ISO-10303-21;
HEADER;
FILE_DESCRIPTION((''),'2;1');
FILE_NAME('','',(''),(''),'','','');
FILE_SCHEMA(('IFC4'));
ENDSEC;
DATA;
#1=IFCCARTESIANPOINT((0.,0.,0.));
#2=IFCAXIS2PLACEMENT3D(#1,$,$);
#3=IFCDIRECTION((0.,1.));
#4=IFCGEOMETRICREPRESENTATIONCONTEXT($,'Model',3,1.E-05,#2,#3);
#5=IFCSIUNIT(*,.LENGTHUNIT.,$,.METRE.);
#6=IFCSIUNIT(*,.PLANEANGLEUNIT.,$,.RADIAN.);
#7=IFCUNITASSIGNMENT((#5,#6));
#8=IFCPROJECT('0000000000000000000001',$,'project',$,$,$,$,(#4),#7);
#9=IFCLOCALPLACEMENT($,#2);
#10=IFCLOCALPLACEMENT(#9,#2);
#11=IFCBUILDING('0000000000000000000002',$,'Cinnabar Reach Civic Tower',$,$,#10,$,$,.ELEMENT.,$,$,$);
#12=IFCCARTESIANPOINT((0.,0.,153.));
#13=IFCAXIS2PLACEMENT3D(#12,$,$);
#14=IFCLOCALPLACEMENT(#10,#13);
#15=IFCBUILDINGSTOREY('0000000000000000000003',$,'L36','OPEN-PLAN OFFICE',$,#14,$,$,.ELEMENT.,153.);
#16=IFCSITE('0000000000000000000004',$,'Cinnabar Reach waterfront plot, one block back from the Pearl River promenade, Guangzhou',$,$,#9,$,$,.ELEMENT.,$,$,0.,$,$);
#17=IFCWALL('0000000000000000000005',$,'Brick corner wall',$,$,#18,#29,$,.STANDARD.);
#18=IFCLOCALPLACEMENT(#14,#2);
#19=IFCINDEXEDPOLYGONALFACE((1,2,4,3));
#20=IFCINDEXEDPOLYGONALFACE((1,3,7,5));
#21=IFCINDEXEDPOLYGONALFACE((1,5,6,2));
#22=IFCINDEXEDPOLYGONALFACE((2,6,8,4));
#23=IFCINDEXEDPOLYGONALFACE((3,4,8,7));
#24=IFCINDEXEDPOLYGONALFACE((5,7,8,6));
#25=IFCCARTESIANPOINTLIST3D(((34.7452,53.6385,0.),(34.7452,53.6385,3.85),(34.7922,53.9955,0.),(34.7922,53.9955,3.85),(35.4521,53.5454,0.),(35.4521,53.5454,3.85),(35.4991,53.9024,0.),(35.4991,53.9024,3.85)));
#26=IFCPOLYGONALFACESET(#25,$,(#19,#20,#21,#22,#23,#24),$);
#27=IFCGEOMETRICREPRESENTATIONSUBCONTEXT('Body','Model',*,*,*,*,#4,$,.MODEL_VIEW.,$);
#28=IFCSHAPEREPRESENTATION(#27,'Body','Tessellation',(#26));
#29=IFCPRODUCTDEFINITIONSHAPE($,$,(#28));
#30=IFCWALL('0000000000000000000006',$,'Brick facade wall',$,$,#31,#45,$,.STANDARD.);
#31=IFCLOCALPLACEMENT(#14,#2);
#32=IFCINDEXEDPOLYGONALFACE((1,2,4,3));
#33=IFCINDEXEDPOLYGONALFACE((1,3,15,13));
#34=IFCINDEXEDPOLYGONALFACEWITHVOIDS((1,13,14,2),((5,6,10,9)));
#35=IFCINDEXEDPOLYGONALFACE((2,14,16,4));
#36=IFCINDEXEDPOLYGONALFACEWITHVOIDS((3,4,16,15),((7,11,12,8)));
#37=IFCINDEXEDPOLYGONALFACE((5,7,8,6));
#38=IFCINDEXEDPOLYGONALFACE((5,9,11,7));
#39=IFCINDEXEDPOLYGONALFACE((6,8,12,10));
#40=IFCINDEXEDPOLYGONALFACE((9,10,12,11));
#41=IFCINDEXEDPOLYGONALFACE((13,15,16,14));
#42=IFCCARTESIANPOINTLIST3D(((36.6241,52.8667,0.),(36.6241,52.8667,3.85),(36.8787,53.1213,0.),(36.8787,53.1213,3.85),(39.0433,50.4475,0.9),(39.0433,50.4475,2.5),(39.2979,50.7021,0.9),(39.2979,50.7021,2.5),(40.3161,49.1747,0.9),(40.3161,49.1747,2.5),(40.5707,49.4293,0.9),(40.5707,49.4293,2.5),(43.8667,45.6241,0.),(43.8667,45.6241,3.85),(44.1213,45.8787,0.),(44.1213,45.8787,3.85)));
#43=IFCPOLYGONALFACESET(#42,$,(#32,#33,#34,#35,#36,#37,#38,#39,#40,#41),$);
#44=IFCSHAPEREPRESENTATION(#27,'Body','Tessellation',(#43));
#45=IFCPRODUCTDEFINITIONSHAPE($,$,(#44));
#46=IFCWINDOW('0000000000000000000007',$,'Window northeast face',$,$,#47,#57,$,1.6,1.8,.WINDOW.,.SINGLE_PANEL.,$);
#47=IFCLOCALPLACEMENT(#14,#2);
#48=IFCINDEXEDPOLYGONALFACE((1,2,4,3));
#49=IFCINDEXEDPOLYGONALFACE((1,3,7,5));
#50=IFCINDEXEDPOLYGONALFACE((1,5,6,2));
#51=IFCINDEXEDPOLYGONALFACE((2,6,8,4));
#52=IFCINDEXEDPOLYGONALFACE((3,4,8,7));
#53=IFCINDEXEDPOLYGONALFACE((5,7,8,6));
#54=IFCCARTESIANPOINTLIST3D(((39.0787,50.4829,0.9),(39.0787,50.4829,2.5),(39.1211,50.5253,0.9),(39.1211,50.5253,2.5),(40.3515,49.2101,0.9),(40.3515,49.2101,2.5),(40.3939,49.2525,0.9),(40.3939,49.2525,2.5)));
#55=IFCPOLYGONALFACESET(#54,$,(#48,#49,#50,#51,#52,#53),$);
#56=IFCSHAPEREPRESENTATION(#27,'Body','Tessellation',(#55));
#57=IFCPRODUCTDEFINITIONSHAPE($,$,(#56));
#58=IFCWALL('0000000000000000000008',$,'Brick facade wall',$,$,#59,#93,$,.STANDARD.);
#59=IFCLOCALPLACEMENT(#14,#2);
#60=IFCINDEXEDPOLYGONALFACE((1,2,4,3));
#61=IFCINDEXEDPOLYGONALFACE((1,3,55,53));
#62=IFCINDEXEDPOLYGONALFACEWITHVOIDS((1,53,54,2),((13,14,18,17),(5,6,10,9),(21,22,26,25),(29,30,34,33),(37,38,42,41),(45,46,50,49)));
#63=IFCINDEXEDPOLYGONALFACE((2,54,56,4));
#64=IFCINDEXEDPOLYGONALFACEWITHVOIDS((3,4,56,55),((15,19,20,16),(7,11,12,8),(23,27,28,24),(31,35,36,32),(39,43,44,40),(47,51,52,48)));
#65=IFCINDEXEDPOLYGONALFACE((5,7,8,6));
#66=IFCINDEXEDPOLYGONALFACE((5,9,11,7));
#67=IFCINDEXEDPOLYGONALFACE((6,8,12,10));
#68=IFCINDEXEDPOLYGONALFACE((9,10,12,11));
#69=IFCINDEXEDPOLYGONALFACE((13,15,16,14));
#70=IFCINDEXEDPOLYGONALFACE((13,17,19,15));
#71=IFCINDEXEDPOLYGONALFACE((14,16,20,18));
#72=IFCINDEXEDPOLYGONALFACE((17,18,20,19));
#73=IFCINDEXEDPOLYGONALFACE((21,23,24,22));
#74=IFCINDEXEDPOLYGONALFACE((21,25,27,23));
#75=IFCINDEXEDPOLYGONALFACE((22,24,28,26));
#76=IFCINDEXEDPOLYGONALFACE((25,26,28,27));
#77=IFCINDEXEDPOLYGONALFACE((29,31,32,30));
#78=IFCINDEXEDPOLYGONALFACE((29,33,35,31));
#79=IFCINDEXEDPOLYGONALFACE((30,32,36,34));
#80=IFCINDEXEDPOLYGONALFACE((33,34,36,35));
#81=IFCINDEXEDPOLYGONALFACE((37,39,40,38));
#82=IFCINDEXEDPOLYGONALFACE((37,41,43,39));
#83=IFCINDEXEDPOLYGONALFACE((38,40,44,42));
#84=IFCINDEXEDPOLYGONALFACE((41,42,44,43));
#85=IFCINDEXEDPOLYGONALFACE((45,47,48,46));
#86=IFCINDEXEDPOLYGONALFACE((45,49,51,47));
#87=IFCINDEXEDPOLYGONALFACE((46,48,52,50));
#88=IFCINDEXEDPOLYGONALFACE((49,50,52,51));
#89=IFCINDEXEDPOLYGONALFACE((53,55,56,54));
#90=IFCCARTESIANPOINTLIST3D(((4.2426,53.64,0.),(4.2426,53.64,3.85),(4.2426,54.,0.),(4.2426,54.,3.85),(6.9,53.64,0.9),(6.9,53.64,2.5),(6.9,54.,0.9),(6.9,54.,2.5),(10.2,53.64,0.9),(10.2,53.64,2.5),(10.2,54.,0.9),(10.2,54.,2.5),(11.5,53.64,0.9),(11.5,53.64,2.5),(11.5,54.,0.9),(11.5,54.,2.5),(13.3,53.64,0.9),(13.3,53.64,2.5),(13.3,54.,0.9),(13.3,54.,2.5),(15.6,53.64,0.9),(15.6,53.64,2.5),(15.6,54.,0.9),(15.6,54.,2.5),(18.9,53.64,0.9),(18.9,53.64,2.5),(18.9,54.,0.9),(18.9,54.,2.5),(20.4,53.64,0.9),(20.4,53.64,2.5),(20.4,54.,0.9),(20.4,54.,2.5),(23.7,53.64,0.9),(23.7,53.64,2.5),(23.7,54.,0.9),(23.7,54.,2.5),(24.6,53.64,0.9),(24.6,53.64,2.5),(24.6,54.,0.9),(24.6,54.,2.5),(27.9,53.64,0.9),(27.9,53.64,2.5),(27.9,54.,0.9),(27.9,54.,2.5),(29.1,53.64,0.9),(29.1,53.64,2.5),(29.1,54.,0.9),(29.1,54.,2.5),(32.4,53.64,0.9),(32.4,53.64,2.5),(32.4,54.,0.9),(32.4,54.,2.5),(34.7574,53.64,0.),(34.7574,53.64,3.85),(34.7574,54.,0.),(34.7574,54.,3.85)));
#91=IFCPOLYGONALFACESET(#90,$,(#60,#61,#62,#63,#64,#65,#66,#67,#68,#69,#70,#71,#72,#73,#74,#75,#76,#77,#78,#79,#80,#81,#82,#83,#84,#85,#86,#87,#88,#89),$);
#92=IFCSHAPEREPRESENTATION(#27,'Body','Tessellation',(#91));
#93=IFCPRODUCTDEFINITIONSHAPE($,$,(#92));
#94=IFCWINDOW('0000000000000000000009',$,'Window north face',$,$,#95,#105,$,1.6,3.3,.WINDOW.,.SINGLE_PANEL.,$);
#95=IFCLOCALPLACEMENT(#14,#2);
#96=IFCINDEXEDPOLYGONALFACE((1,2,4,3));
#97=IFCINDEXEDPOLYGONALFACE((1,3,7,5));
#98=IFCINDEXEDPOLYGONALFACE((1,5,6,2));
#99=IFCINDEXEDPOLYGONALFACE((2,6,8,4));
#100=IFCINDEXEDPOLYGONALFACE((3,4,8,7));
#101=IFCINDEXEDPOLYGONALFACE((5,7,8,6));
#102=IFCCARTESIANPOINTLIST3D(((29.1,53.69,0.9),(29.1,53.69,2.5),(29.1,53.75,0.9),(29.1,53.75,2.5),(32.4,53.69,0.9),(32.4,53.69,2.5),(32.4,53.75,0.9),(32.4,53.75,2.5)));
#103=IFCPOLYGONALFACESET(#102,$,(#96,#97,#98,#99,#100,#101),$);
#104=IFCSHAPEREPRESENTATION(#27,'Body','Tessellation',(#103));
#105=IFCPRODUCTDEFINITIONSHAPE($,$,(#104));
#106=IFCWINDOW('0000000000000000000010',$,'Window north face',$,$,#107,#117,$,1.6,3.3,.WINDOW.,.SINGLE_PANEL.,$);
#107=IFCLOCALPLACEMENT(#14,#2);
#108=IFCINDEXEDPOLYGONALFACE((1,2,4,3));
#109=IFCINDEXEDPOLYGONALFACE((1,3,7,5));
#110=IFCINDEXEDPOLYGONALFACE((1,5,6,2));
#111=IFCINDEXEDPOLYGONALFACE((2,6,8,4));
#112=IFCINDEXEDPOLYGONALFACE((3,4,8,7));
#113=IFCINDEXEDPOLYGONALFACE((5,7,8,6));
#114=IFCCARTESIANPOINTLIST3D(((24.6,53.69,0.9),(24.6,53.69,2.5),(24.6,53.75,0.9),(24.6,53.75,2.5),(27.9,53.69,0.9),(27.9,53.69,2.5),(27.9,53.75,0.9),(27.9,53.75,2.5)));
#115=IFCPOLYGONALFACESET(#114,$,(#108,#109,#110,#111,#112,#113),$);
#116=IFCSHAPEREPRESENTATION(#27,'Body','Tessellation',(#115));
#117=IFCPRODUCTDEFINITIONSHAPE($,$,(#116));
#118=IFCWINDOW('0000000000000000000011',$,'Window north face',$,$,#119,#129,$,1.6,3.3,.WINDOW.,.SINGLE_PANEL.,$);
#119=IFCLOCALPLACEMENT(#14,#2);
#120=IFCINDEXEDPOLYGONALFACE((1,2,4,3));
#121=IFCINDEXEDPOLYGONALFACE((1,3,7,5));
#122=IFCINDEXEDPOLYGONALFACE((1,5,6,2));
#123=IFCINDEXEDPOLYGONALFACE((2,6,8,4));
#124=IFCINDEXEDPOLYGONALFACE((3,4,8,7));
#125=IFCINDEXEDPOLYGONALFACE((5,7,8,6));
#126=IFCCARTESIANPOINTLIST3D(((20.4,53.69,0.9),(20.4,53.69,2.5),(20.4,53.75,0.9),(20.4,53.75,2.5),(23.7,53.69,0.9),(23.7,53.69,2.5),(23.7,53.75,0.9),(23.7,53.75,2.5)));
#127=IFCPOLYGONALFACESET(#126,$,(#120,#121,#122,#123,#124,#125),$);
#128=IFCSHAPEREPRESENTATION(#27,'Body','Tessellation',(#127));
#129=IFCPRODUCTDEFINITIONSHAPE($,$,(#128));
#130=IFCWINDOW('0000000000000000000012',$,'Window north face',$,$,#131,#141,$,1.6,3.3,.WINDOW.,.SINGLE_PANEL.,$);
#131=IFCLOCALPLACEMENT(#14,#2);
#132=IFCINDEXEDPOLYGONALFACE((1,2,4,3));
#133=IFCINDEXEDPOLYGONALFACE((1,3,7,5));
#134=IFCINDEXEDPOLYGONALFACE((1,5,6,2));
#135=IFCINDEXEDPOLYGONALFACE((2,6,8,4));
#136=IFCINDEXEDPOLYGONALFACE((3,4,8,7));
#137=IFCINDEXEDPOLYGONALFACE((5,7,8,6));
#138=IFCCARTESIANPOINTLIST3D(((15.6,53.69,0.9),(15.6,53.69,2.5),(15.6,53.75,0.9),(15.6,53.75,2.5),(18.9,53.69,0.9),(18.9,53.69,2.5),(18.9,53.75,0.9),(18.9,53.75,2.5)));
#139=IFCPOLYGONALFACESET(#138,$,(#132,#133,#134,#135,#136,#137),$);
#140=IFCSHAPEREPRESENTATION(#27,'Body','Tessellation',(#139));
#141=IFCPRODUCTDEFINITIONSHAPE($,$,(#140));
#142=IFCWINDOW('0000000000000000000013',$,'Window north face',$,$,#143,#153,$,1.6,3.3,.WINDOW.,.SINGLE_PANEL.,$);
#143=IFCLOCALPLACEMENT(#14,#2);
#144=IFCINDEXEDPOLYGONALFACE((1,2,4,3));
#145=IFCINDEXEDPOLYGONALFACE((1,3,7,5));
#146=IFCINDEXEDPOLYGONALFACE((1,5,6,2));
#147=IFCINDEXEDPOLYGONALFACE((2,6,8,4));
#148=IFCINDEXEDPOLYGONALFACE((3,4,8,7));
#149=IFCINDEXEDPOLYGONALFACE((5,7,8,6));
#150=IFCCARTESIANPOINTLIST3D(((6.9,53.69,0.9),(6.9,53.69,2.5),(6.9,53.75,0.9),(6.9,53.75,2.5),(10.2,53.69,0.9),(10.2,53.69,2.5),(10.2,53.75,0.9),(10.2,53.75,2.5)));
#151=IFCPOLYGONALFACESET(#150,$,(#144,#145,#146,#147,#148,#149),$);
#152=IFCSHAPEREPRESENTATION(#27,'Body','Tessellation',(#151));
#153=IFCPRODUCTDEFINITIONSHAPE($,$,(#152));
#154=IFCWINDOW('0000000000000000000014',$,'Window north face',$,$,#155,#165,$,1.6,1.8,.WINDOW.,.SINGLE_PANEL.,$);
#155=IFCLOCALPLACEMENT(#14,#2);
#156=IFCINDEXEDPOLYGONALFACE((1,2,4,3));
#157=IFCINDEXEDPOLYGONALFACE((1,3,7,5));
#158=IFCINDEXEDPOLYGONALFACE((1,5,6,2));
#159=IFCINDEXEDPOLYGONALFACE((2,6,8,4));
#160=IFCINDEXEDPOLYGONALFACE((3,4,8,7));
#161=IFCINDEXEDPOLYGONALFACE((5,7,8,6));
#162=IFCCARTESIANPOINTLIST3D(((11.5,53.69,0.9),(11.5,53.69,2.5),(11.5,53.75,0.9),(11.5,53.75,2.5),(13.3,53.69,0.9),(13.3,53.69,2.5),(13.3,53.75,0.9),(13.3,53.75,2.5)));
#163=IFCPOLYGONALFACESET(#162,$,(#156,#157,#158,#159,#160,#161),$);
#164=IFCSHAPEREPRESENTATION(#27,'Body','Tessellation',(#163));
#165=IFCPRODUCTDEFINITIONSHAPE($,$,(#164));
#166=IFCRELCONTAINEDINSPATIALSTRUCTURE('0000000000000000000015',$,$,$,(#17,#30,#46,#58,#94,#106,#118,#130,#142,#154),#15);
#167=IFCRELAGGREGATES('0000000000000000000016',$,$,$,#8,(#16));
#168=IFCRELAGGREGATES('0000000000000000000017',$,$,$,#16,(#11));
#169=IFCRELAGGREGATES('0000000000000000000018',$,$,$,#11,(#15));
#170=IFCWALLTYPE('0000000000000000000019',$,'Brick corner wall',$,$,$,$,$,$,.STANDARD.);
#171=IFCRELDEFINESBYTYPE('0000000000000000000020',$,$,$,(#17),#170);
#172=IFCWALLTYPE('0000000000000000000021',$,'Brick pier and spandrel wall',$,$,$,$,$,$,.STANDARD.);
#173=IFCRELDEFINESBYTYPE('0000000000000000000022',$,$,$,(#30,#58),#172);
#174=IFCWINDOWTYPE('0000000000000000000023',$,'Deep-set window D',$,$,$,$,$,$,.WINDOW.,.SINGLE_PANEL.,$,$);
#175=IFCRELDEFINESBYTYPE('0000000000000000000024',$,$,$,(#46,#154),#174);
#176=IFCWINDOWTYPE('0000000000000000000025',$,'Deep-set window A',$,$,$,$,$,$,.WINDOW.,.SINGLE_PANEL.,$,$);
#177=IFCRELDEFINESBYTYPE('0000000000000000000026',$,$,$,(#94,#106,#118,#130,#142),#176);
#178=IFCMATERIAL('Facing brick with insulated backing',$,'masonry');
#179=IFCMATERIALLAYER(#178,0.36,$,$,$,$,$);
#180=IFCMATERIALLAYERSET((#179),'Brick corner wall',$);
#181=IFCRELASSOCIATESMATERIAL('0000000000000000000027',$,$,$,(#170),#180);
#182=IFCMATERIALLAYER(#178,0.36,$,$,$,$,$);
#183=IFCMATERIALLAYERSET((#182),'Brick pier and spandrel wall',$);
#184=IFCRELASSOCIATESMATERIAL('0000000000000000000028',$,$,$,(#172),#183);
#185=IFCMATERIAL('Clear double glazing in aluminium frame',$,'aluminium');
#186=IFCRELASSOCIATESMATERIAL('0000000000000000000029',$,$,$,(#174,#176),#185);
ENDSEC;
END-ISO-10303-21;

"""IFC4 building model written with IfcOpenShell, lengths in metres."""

from ifc_helpers import new_model, si_unit, direction, frame, frame_2d, origin, place, context, subcontext, project, spatial, rectangle, extrude, material, layer, layer_set, type_object, element, fill, save


model = new_model("IFC4")

# Units and contexts
model_context = context("Model", 3, precision=1e-05, world=origin(), true_north=direction((0.0, 1.0)))
body_context = subcontext(model_context, "Body", "Model", "MODEL_VIEW")
ifc_project = project(units=[si_unit("LENGTHUNIT", "METRE"), si_unit("PLANEANGLEUNIT", "RADIAN")], contexts=[model_context])

# Site, building, storey
site_placement = place(None, origin())
site = spatial("IfcSite", under=ifc_project, at=site_placement, Name="Cinnabar Reach waterfront plot, one block back from the Pearl River promenade, Guangzhou", CompositionType="ELEMENT", RefElevation=0.0)
building_placement = place(site_placement, origin())
building = spatial("IfcBuilding", under=site, at=building_placement, Name="Cinnabar Reach Civic Tower", CompositionType="ELEMENT")
storey_placement = place(building_placement, frame((0.0, 0.0, 153.0)))
storey = spatial("IfcBuildingStorey", under=building, at=storey_placement, Name="L36", Description="OPEN-PLAN OFFICE", CompositionType="ELEMENT", Elevation=153.0)

# Wall
ifc_material_1 = material(Name="Facing brick with insulated backing", Category="masonry")
ifc_layer_1 = layer(ifc_material_1, 0.36)
ifc_layer_set_1 = layer_set([ifc_layer_1], Name="Brick corner wall")
wall_type_1 = type_object("IfcWallType", Name="Brick corner wall", PredefinedType="STANDARD", material=ifc_layer_set_1)
for number, where, z_axis, x_axis, name in (
    (1, (35.4756, 53.7239, 0.0), (0.0, 0.0, 1.0), (-0.991441, 0.130556, 0.0), "Brick corner wall"),
):
    element("IfcWall", number, at=place(storey_placement, frame(where, z_axis=z_axis, x_axis=x_axis)), inside=storey, type_object=wall_type_1, Name=name, PredefinedType="STANDARD", context=body_context, shape_type="SweptSolid", body=[
        extrude(rectangle(XDim=0.7131, YDim=0.36, at=frame_2d((0.3565, 0.0))), origin(), (0.0, 0.0, 1.0), 3.85),
    ])

# Wall, opening, window
ifc_layer_2 = layer(ifc_material_1, 0.36)
ifc_layer_set_2 = layer_set([ifc_layer_2], Name="Brick pier and spandrel wall")
wall_type_2 = type_object("IfcWallType", Name="Brick pier and spandrel wall", PredefinedType="STANDARD", material=ifc_layer_set_2)
wall_1_placement = place(storey_placement, frame((43.994, 45.7514, 0.0), z_axis=(0.0, 0.0, 1.0), x_axis=(-0.707107, 0.707107, 0.0)))
wall_1 = element("IfcWall", 2, at=wall_1_placement, inside=storey, type_object=wall_type_2, Name="Brick facade wall", PredefinedType="STANDARD", context=body_context, shape_type="SweptSolid", body=[
    extrude(rectangle(XDim=10.2426, YDim=0.36, at=frame_2d((5.1213, 0.0))), origin(), (0.0, 0.0, 1.0), 3.85),
])
opening_1_placement = place(wall_1_placement, frame((5.0213, 0.0, 0.9)))
opening_1 = element("IfcOpeningElement", 3, at=opening_1_placement, cuts=wall_1, PredefinedType="OPENING", context=body_context, shape_type="SweptSolid", body=[
    extrude(rectangle(XDim=1.8, YDim=1.6, at=frame_2d((0.9, 0.8))), frame((0.0, 0.19, 0.0), z_axis=(0.0, -1.0, 0.0), x_axis=(1.0, 0.0, 0.0)), (0.0, 0.0, 1.0), 0.38),
])
ifc_material_2 = material(Name="Clear double glazing in aluminium frame", Category="aluminium")
window_type_1 = type_object("IfcWindowType", Name="Deep-set window D", PartitioningType="SINGLE_PANEL", PredefinedType="WINDOW", material=ifc_material_2)
window_1_placement = place(opening_1_placement, origin())
window_1 = element("IfcWindow", 4, at=window_1_placement, inside=storey, type_object=window_type_1, Name="Window northeast face", OverallHeight=1.6, OverallWidth=1.8, PartitioningType="SINGLE_PANEL", PredefinedType="WINDOW", context=body_context, shape_type="SweptSolid", body=[
    extrude(rectangle(XDim=1.8, YDim=1.6, at=frame_2d((0.9, 0.8))), frame((0.0, 0.13, 0.0), z_axis=(0.0, -1.0, 0.0), x_axis=(1.0, 0.0, 0.0)), (0.0, 0.0, 1.0), 0.06),
])
fill(opening_1, window_1)

# Wall, openings, windows
wall_2_placement = place(storey_placement, frame((34.7574, 53.82, 0.0), z_axis=(0.0, 0.0, 1.0), x_axis=(-1.0, 0.0, 0.0)))
wall_2 = element("IfcWall", 5, at=wall_2_placement, inside=storey, type_object=wall_type_2, Name="Brick facade wall", PredefinedType="STANDARD", context=body_context, shape_type="SweptSolid", body=[
    extrude(rectangle(XDim=30.5148, YDim=0.36, at=frame_2d((15.2574, 0.0))), origin(), (0.0, 0.0, 1.0), 3.85),
])
opening_2_placement = place(wall_2_placement, frame((2.3574, 0.0, 0.9)))
opening_2 = element("IfcOpeningElement", 6, at=opening_2_placement, cuts=wall_2, PredefinedType="OPENING", context=body_context, shape_type="SweptSolid", body=[
    extrude(rectangle(XDim=3.3, YDim=1.6, at=frame_2d((1.65, 0.8))), frame((0.0, 0.19, 0.0), z_axis=(0.0, -1.0, 0.0), x_axis=(1.0, 0.0, 0.0)), (0.0, 0.0, 1.0), 0.38),
])
opening_3_placement = place(wall_2_placement, frame((6.8574, 0.0, 0.9)))
opening_3 = element("IfcOpeningElement", 7, at=opening_3_placement, cuts=wall_2, PredefinedType="OPENING", context=body_context, shape_type="SweptSolid", body=[
    extrude(rectangle(XDim=3.3, YDim=1.6, at=frame_2d((1.65, 0.8))), frame((0.0, 0.19, 0.0), z_axis=(0.0, -1.0, 0.0), x_axis=(1.0, 0.0, 0.0)), (0.0, 0.0, 1.0), 0.38),
])
opening_4_placement = place(wall_2_placement, frame((11.0574, 0.0, 0.9)))
opening_4 = element("IfcOpeningElement", 8, at=opening_4_placement, cuts=wall_2, PredefinedType="OPENING", context=body_context, shape_type="SweptSolid", body=[
    extrude(rectangle(XDim=3.3, YDim=1.6, at=frame_2d((1.65, 0.8))), frame((0.0, 0.19, 0.0), z_axis=(0.0, -1.0, 0.0), x_axis=(1.0, 0.0, 0.0)), (0.0, 0.0, 1.0), 0.38),
])
opening_5_placement = place(wall_2_placement, frame((15.8574, 0.0, 0.9)))
opening_5 = element("IfcOpeningElement", 9, at=opening_5_placement, cuts=wall_2, PredefinedType="OPENING", context=body_context, shape_type="SweptSolid", body=[
    extrude(rectangle(XDim=3.3, YDim=1.6, at=frame_2d((1.65, 0.8))), frame((0.0, 0.19, 0.0), z_axis=(0.0, -1.0, 0.0), x_axis=(1.0, 0.0, 0.0)), (0.0, 0.0, 1.0), 0.38),
])
opening_6_placement = place(wall_2_placement, frame((21.4574, 0.0, 0.9)))
opening_6 = element("IfcOpeningElement", 10, at=opening_6_placement, cuts=wall_2, PredefinedType="OPENING", context=body_context, shape_type="SweptSolid", body=[
    extrude(rectangle(XDim=1.8, YDim=1.6, at=frame_2d((0.9, 0.8))), frame((0.0, 0.19, 0.0), z_axis=(0.0, -1.0, 0.0), x_axis=(1.0, 0.0, 0.0)), (0.0, 0.0, 1.0), 0.38),
])
opening_7_placement = place(wall_2_placement, frame((24.5574, 0.0, 0.9)))
opening_7 = element("IfcOpeningElement", 11, at=opening_7_placement, cuts=wall_2, PredefinedType="OPENING", context=body_context, shape_type="SweptSolid", body=[
    extrude(rectangle(XDim=3.3, YDim=1.6, at=frame_2d((1.65, 0.8))), frame((0.0, 0.19, 0.0), z_axis=(0.0, -1.0, 0.0), x_axis=(1.0, 0.0, 0.0)), (0.0, 0.0, 1.0), 0.38),
])
window_type_2 = type_object("IfcWindowType", Name="Deep-set window A", PartitioningType="SINGLE_PANEL", PredefinedType="WINDOW", material=ifc_material_2)
window_2_placement = place(opening_2_placement, origin())
window_2 = element("IfcWindow", 12, at=window_2_placement, inside=storey, type_object=window_type_2, Name="Window north face", OverallHeight=1.6, OverallWidth=3.3, PartitioningType="SINGLE_PANEL", PredefinedType="WINDOW", context=body_context, shape_type="SweptSolid", body=[
    extrude(rectangle(XDim=3.3, YDim=1.6, at=frame_2d((1.65, 0.8))), frame((0.0, 0.13, 0.0), z_axis=(0.0, -1.0, 0.0), x_axis=(1.0, 0.0, 0.0)), (0.0, 0.0, 1.0), 0.06),
])
fill(opening_2, window_2)
window_3_placement = place(opening_3_placement, origin())
window_3 = element("IfcWindow", 13, at=window_3_placement, inside=storey, type_object=window_type_2, Name="Window north face", OverallHeight=1.6, OverallWidth=3.3, PartitioningType="SINGLE_PANEL", PredefinedType="WINDOW", context=body_context, shape_type="SweptSolid", body=[
    extrude(rectangle(XDim=3.3, YDim=1.6, at=frame_2d((1.65, 0.8))), frame((0.0, 0.13, 0.0), z_axis=(0.0, -1.0, 0.0), x_axis=(1.0, 0.0, 0.0)), (0.0, 0.0, 1.0), 0.06),
])
fill(opening_3, window_3)
window_4_placement = place(opening_4_placement, origin())
window_4 = element("IfcWindow", 14, at=window_4_placement, inside=storey, type_object=window_type_2, Name="Window north face", OverallHeight=1.6, OverallWidth=3.3, PartitioningType="SINGLE_PANEL", PredefinedType="WINDOW", context=body_context, shape_type="SweptSolid", body=[
    extrude(rectangle(XDim=3.3, YDim=1.6, at=frame_2d((1.65, 0.8))), frame((0.0, 0.13, 0.0), z_axis=(0.0, -1.0, 0.0), x_axis=(1.0, 0.0, 0.0)), (0.0, 0.0, 1.0), 0.06),
])
fill(opening_4, window_4)
window_5_placement = place(opening_5_placement, origin())
window_5 = element("IfcWindow", 15, at=window_5_placement, inside=storey, type_object=window_type_2, Name="Window north face", OverallHeight=1.6, OverallWidth=3.3, PartitioningType="SINGLE_PANEL", PredefinedType="WINDOW", context=body_context, shape_type="SweptSolid", body=[
    extrude(rectangle(XDim=3.3, YDim=1.6, at=frame_2d((1.65, 0.8))), frame((0.0, 0.13, 0.0), z_axis=(0.0, -1.0, 0.0), x_axis=(1.0, 0.0, 0.0)), (0.0, 0.0, 1.0), 0.06),
])
fill(opening_5, window_5)
window_6_placement = place(opening_7_placement, origin())
window_6 = element("IfcWindow", 16, at=window_6_placement, inside=storey, type_object=window_type_2, Name="Window north face", OverallHeight=1.6, OverallWidth=3.3, PartitioningType="SINGLE_PANEL", PredefinedType="WINDOW", context=body_context, shape_type="SweptSolid", body=[
    extrude(rectangle(XDim=3.3, YDim=1.6, at=frame_2d((1.65, 0.8))), frame((0.0, 0.13, 0.0), z_axis=(0.0, -1.0, 0.0), x_axis=(1.0, 0.0, 0.0)), (0.0, 0.0, 1.0), 0.06),
])
fill(opening_7, window_6)
window_7_placement = place(opening_6_placement, origin())
window_7 = element("IfcWindow", 17, at=window_7_placement, inside=storey, type_object=window_type_1, Name="Window north face", OverallHeight=1.6, OverallWidth=1.8, PartitioningType="SINGLE_PANEL", PredefinedType="WINDOW", context=body_context, shape_type="SweptSolid", body=[
    extrude(rectangle(XDim=1.8, YDim=1.6, at=frame_2d((0.9, 0.8))), frame((0.0, 0.13, 0.0), z_axis=(0.0, -1.0, 0.0), x_axis=(1.0, 0.0, 0.0)), (0.0, 0.0, 1.0), 0.06),
])
fill(opening_6, window_7)

save(model, "model.ifc")
